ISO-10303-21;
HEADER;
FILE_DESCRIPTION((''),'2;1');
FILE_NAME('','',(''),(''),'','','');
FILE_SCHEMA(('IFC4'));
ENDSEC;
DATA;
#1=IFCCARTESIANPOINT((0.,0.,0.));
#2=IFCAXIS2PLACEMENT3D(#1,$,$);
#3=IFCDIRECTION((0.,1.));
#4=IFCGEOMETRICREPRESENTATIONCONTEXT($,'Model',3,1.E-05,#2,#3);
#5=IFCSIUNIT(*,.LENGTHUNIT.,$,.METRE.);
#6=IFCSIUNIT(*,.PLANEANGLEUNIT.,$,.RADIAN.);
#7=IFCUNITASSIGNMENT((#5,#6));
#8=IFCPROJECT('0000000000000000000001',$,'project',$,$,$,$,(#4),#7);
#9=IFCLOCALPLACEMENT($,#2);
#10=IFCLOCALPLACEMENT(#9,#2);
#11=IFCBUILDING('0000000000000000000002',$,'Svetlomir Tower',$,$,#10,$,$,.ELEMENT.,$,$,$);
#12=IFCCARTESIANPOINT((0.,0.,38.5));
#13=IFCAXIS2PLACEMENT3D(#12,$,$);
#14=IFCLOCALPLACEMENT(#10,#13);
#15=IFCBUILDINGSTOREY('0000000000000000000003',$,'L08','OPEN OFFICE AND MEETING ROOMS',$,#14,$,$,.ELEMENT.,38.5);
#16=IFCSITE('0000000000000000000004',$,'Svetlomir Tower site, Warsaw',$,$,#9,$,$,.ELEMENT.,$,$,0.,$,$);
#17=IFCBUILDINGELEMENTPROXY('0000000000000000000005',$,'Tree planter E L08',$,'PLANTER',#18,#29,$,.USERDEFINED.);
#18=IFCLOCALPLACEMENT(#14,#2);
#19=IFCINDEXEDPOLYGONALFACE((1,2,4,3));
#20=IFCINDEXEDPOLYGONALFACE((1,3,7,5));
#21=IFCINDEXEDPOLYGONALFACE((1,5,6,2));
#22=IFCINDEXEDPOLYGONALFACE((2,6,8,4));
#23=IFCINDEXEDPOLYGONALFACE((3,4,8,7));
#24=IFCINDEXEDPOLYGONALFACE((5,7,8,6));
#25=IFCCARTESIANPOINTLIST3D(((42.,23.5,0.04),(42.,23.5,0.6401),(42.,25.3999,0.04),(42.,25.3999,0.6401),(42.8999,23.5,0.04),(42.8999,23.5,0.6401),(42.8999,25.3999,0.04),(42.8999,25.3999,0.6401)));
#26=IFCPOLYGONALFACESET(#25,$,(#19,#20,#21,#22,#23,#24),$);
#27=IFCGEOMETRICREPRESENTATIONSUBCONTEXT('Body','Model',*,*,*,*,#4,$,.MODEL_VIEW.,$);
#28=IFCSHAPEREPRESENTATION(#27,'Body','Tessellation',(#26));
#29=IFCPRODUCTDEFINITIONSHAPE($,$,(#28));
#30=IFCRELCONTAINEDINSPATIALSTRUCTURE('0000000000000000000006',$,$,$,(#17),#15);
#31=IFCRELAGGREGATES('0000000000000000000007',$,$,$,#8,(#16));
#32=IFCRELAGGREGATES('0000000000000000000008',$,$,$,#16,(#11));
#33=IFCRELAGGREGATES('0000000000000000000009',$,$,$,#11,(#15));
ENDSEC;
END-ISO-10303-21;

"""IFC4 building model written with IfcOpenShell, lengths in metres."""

from ifc_helpers import new_model, si_unit, direction, frame, origin, origin_2d, place, context, subcontext, project, spatial, rectangle, extrude, element, save


model = new_model("IFC4")

# Units and contexts
model_context = context("Model", 3, precision=1e-05, world=origin(), true_north=direction((0.0, 1.0)))
body_context = subcontext(model_context, "Body", "Model", "MODEL_VIEW")
ifc_project = project(units=[si_unit("LENGTHUNIT", "METRE"), si_unit("PLANEANGLEUNIT", "RADIAN")], contexts=[model_context])

# Site, building, storey
site_placement = place(None, origin())
site = spatial("IfcSite", under=ifc_project, at=site_placement, Name="Svetlomir Tower site, Warsaw", CompositionType="ELEMENT", RefElevation=0.0)
building_placement = place(site_placement, origin())
building = spatial("IfcBuilding", under=site, at=building_placement, Name="Svetlomir Tower", CompositionType="ELEMENT")
storey_placement = place(building_placement, frame((0.0, 0.0, 38.5)))
storey = spatial("IfcBuildingStorey", under=building, at=storey_placement, Name="L08", Description="OPEN OFFICE AND MEETING ROOMS", CompositionType="ELEMENT", Elevation=38.5)

# Building element proxy
proxy_placement = place(storey_placement, frame((42.45, 24.45, 0.04), z_axis=(0.0, 0.0, 1.0), x_axis=(1.0, 0.0, 0.0)))
element("IfcBuildingElementProxy", 1, at=proxy_placement, inside=storey, Name="Tree planter E L08", ObjectType="PLANTER", PredefinedType="USERDEFINED", context=body_context, shape_type="SweptSolid", body=[
    extrude(rectangle(XDim=0.8999, YDim=1.8999, at=origin_2d()), origin(), (0.0, 0.0, 1.0), 0.6001),
])

save(model, "model.ifc")
